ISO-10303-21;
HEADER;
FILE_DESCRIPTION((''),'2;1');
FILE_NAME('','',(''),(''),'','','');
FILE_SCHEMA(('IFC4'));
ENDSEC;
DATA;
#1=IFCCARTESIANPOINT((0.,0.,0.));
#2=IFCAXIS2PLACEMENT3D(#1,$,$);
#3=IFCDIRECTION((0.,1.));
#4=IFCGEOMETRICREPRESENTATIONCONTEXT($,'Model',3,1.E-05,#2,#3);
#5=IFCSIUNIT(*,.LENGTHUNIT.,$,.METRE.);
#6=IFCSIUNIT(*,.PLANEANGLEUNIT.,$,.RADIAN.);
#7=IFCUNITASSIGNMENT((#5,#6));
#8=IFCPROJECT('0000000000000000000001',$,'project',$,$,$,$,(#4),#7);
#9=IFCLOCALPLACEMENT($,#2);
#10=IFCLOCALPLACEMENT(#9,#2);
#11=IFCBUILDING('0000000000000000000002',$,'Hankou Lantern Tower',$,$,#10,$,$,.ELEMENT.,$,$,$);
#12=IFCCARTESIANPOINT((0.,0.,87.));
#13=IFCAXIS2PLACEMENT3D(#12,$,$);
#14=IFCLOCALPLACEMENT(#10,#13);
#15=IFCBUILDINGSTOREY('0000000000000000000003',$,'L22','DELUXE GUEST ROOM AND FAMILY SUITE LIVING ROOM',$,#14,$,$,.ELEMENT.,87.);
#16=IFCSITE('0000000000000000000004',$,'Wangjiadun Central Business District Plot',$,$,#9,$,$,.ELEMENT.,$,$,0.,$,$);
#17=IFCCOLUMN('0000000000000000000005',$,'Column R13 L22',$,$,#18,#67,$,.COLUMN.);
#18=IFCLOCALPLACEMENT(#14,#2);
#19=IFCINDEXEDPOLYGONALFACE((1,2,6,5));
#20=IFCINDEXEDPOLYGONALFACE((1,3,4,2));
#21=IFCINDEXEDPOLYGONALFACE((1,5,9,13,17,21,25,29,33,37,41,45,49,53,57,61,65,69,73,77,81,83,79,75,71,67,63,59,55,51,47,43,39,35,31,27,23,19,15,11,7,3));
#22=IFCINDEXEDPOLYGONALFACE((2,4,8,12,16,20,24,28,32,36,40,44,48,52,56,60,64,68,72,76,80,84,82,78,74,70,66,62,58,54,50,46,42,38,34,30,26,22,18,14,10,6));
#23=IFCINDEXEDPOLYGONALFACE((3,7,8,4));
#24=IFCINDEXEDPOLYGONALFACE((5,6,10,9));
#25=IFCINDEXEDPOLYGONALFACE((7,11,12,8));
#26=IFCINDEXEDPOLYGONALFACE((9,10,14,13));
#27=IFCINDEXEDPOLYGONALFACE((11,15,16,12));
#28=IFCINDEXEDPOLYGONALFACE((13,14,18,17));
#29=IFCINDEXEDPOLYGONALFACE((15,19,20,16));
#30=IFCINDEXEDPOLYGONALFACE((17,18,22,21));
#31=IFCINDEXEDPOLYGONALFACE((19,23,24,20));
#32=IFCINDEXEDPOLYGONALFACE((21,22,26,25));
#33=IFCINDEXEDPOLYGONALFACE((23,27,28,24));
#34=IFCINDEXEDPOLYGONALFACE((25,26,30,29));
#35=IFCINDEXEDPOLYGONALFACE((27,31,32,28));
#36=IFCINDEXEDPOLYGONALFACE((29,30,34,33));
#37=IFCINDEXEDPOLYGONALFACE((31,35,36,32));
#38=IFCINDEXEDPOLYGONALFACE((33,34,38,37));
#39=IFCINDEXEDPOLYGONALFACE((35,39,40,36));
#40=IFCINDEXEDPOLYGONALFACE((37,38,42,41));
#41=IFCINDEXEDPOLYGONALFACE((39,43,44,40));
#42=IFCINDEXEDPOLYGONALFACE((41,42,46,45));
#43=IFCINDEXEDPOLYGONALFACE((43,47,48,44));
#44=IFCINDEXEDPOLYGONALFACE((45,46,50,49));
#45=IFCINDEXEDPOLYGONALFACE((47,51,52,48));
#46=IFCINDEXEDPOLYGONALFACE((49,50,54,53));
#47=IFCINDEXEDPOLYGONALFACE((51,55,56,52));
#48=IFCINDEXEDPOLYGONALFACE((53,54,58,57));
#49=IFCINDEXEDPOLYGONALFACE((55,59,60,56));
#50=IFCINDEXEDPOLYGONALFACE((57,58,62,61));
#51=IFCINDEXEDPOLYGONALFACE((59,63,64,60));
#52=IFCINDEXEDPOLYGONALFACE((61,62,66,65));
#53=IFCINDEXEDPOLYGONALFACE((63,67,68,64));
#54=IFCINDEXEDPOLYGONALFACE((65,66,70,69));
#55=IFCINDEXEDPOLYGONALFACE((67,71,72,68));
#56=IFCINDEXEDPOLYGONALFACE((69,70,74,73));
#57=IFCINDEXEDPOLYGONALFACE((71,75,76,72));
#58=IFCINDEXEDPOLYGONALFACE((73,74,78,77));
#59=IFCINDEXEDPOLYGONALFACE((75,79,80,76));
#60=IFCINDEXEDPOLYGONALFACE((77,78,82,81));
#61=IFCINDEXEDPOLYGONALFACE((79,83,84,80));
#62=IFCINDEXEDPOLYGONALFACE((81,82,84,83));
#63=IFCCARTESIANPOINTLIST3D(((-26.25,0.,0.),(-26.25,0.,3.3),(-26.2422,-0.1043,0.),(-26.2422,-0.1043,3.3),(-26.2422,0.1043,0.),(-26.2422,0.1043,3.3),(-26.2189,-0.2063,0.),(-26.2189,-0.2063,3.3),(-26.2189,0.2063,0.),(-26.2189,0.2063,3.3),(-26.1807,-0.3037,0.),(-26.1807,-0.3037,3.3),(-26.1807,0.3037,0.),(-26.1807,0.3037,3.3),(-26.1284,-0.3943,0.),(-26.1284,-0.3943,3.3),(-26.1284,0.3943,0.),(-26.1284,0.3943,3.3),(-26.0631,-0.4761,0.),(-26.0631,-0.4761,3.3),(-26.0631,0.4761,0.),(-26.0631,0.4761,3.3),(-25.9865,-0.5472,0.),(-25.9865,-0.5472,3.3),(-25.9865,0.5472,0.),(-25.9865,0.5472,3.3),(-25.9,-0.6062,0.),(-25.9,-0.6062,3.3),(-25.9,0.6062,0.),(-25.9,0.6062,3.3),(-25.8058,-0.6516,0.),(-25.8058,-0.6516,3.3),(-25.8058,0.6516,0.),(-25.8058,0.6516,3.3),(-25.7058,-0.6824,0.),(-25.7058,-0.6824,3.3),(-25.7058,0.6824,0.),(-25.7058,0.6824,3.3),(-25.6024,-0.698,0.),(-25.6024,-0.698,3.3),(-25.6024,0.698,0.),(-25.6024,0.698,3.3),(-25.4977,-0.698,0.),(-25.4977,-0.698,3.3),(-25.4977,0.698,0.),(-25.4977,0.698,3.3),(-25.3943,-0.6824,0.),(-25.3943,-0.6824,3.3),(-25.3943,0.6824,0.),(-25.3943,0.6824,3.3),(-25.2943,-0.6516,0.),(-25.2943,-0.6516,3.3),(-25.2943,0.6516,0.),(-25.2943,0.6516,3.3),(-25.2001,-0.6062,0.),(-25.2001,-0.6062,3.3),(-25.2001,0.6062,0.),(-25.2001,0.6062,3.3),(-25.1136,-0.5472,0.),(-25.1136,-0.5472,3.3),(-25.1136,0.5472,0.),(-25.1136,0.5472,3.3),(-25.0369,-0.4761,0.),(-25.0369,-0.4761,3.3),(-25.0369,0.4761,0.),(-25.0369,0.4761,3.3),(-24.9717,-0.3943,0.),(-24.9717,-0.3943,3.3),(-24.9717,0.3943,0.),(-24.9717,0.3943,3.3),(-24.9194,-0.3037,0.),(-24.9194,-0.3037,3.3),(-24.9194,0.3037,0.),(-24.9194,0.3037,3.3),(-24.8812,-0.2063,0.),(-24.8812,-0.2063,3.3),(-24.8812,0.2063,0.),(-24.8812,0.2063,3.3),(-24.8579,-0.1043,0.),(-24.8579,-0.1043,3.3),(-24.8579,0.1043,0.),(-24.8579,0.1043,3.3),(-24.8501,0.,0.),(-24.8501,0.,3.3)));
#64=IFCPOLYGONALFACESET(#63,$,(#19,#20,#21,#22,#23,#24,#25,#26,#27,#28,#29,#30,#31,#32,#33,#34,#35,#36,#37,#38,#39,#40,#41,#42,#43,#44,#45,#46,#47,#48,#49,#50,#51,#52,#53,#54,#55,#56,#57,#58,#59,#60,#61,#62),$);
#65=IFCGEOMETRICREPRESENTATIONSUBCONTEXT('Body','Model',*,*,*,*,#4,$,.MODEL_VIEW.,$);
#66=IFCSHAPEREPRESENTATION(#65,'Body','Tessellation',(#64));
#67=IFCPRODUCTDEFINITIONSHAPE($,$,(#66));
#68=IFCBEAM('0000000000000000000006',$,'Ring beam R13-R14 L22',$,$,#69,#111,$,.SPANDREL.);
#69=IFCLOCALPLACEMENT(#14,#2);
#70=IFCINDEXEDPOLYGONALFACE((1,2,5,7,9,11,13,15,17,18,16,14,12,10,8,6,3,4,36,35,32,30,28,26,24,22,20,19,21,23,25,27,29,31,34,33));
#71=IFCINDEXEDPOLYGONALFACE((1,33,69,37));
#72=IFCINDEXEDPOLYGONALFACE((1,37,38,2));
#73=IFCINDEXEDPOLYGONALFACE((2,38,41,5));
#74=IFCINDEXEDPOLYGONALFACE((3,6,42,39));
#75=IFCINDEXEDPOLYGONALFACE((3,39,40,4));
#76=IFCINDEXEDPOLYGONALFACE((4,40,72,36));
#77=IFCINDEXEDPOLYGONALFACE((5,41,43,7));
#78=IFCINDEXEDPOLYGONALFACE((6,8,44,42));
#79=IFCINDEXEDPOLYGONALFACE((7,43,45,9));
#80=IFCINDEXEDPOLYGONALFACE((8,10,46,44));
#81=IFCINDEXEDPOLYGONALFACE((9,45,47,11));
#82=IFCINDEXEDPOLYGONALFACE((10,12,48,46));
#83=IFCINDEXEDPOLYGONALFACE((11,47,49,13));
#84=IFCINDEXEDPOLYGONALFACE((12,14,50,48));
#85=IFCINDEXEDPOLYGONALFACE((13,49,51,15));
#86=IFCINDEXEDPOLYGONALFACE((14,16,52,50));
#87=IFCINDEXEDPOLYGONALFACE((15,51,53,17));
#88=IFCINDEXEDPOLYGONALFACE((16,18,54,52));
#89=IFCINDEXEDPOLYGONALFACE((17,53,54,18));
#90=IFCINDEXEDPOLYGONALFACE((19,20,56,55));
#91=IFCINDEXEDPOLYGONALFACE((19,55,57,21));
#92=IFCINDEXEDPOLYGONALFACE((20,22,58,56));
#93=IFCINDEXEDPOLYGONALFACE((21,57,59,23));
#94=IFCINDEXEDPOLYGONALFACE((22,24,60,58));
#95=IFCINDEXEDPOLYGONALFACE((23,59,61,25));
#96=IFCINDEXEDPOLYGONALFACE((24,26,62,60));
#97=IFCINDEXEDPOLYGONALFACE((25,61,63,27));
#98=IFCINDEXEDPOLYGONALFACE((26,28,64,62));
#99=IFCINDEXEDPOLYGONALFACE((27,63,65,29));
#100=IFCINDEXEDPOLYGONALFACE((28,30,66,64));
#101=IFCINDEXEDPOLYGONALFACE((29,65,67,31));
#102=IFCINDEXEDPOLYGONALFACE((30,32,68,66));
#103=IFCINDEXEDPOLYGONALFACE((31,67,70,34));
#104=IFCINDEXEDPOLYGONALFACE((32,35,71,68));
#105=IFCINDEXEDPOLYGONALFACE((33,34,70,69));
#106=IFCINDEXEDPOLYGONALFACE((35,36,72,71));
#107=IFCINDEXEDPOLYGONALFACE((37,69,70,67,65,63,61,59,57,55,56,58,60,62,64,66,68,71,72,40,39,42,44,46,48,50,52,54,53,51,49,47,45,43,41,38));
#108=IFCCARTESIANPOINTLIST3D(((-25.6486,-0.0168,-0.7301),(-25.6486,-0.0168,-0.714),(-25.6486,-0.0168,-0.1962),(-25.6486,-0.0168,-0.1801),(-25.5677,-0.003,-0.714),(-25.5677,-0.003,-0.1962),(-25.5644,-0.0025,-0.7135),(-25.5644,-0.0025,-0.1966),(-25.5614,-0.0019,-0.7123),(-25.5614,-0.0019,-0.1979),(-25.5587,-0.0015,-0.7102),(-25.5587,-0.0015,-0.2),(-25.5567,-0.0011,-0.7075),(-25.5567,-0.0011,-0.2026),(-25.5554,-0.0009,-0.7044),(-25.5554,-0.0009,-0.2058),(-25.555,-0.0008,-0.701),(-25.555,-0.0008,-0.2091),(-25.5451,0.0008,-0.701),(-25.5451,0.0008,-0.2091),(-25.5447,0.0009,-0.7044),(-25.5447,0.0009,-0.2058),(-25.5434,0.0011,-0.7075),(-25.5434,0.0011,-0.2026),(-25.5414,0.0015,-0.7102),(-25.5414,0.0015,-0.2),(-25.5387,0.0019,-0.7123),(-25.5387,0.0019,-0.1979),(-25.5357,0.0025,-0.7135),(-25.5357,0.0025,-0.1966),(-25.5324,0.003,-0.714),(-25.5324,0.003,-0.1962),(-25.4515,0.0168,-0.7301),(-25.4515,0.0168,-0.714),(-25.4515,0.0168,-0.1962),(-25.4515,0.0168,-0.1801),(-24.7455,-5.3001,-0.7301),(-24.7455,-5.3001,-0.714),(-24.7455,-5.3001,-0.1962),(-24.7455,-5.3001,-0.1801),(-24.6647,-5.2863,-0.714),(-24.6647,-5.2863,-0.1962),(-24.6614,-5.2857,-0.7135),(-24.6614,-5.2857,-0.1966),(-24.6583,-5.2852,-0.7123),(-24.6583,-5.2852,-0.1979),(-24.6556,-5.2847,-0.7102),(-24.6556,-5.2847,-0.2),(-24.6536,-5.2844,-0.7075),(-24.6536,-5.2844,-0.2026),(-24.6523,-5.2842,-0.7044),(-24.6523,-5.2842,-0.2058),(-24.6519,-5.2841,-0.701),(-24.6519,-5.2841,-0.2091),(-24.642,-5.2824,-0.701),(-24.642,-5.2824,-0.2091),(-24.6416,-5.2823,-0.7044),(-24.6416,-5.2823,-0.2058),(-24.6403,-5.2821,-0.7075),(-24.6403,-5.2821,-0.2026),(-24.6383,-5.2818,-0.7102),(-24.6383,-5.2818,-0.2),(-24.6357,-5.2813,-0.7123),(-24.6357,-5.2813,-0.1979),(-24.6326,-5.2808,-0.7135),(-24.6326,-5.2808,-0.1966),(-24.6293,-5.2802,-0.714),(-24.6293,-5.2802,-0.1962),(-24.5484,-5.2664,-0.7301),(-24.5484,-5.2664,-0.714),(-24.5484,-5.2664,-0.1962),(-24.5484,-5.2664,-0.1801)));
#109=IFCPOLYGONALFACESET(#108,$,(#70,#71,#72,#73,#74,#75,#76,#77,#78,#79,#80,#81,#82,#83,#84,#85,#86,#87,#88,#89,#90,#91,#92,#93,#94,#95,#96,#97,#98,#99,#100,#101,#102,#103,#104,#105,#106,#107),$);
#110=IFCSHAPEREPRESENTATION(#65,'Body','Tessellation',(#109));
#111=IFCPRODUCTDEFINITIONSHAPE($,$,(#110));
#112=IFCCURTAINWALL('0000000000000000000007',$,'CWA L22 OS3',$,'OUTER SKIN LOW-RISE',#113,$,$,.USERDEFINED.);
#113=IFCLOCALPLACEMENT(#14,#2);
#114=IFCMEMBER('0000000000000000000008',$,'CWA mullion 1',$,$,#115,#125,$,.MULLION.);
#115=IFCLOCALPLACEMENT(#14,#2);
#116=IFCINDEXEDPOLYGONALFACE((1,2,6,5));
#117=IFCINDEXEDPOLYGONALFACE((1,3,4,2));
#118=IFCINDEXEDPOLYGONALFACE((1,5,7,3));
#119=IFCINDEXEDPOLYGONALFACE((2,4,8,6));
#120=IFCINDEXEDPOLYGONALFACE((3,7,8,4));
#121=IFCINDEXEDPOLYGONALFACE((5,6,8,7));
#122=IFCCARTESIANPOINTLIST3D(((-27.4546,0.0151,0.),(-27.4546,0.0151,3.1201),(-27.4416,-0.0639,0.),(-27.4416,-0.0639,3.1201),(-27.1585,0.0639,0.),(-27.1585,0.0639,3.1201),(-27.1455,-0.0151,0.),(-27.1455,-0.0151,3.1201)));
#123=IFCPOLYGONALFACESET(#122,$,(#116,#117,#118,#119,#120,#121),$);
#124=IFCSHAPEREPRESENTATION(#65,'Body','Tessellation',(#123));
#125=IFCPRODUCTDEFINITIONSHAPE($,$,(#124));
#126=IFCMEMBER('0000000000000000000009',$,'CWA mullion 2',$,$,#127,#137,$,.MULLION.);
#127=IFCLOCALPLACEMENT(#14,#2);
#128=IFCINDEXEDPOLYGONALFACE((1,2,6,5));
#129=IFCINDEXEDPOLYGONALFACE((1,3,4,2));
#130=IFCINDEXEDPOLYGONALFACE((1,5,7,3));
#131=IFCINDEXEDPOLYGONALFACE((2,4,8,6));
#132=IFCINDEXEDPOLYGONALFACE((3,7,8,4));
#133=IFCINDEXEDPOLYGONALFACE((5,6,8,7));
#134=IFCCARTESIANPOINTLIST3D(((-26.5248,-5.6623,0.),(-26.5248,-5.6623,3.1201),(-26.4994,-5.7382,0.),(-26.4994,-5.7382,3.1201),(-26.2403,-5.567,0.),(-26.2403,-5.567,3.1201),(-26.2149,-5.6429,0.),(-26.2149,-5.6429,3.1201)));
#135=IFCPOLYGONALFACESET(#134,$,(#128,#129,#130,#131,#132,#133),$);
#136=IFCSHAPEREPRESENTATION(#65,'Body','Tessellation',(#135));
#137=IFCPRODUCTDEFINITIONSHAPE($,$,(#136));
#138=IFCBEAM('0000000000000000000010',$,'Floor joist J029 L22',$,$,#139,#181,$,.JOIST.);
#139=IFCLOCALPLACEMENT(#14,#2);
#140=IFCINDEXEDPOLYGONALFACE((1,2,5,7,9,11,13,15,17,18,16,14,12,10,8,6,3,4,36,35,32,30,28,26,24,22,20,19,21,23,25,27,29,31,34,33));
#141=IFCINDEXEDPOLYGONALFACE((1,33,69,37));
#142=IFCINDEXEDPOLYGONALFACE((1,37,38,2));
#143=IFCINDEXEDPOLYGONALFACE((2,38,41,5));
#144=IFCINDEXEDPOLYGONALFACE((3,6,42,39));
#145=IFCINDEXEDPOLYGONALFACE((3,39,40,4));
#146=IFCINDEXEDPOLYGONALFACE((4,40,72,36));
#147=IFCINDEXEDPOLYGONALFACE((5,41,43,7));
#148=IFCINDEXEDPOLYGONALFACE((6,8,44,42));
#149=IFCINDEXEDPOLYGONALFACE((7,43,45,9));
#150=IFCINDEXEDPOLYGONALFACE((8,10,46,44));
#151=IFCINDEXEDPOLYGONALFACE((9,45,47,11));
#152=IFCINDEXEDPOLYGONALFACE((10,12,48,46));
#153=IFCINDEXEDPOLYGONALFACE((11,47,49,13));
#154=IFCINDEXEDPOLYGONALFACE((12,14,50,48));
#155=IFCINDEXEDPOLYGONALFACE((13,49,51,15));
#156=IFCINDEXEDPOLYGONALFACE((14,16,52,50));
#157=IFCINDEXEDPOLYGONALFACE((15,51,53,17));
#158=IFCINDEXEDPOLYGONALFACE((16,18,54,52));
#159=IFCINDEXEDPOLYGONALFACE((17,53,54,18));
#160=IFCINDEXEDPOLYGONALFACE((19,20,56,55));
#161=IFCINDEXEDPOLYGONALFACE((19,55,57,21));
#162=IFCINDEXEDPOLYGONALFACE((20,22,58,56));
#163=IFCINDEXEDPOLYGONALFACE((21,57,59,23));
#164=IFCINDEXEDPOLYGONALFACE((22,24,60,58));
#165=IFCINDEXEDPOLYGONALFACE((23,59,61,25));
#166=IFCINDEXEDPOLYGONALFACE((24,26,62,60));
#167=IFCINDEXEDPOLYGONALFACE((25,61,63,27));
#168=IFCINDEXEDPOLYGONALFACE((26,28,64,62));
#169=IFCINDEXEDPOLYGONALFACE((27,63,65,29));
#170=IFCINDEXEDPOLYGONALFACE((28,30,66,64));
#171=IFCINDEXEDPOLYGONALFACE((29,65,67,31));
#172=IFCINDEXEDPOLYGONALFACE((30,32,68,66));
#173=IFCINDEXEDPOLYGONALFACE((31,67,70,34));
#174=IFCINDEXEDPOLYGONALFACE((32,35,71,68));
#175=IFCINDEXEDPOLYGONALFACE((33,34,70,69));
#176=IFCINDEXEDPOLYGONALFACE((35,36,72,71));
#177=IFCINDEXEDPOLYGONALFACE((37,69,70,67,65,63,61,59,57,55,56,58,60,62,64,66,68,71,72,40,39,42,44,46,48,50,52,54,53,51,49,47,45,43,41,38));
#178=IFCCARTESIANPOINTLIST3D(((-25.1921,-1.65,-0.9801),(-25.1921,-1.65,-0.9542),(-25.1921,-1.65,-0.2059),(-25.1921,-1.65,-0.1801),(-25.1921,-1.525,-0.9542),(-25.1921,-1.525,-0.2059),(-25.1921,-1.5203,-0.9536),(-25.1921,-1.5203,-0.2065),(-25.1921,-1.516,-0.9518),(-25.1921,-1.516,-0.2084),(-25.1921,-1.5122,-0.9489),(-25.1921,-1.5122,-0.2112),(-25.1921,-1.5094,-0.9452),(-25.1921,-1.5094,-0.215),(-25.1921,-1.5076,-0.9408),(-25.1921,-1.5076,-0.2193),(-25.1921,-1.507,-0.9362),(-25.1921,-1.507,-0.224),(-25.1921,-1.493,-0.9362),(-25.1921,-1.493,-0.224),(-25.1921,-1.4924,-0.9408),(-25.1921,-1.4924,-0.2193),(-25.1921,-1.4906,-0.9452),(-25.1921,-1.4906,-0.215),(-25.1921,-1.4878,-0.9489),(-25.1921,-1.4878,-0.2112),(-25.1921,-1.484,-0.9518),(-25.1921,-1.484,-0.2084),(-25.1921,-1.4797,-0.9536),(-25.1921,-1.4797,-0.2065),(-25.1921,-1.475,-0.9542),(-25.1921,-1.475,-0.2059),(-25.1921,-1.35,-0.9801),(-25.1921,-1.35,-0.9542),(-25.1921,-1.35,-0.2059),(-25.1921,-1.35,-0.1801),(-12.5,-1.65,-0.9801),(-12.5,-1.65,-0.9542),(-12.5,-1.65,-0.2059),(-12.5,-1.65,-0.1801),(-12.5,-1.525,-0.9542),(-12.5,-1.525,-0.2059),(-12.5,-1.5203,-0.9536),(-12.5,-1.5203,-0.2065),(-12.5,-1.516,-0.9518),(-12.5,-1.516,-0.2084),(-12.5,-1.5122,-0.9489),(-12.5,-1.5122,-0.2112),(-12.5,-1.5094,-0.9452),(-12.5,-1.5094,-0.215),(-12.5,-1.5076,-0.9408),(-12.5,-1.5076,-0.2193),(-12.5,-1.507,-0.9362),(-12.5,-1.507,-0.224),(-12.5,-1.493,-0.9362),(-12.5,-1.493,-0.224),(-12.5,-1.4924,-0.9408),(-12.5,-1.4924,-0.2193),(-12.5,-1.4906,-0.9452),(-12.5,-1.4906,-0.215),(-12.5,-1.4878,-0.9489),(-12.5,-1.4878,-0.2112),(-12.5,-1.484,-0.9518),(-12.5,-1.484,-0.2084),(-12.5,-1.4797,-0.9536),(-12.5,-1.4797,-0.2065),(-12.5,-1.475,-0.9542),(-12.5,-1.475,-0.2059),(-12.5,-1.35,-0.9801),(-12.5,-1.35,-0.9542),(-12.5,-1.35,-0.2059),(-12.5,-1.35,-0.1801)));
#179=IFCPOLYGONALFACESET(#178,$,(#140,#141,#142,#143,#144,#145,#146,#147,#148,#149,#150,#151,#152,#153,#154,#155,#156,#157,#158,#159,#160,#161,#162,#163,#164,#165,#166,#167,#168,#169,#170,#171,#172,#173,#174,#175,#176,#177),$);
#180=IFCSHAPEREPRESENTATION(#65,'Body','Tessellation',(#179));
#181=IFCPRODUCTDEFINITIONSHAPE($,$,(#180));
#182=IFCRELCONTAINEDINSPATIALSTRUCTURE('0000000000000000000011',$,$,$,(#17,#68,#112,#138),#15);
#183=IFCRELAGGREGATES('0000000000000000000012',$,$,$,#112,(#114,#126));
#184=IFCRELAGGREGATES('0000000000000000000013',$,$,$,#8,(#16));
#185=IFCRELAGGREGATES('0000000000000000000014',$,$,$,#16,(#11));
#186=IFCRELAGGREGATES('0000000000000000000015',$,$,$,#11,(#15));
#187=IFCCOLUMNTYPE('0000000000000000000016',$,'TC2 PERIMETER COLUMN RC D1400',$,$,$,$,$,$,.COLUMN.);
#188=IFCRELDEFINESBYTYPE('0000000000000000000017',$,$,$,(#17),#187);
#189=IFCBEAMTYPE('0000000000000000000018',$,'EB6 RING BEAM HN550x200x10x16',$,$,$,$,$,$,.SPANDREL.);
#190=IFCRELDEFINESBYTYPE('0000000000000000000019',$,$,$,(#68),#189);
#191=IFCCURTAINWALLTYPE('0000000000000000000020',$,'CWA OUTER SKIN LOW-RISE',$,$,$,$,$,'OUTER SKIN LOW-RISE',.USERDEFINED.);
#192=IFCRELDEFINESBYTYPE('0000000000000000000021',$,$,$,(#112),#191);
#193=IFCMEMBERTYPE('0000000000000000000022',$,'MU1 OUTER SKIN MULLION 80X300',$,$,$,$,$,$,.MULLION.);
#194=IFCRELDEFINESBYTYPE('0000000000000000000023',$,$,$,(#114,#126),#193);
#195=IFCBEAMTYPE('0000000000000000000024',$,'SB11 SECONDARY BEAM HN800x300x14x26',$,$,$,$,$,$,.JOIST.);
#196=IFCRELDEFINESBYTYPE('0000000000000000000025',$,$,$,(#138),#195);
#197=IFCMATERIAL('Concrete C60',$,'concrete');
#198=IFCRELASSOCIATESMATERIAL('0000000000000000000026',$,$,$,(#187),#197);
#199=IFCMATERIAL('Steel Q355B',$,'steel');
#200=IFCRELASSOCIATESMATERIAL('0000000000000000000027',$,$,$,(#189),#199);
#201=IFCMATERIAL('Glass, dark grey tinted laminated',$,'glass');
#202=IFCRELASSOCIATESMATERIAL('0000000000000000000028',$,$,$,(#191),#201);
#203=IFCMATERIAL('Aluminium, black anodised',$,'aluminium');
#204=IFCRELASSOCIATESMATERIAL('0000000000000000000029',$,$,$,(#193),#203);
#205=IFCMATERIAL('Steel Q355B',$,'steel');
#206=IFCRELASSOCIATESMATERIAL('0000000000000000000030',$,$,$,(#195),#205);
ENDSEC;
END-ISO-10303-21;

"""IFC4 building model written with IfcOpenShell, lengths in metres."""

from ifc_helpers import new_model, si_unit, direction, frame, origin, origin_2d, place, context, subcontext, project, spatial, rectangle, circle, i_section, extrude, material, material_profile, profile_set, type_object, element, aggregate, save


model = new_model("IFC4")

# Units and contexts
model_context = context("Model", 3, precision=1e-05, world=origin(), true_north=direction((0.0, 1.0)))
body_context = subcontext(model_context, "Body", "Model", "MODEL_VIEW")
ifc_project = project(units=[si_unit("LENGTHUNIT", "METRE"), si_unit("PLANEANGLEUNIT", "RADIAN")], contexts=[model_context])

# Site, building, storey
site_placement = place(None, origin())
site = spatial("IfcSite", under=ifc_project, at=site_placement, Name="Wangjiadun Central Business District Plot", CompositionType="ELEMENT", RefElevation=0.0)
building_placement = place(site_placement, origin())
building = spatial("IfcBuilding", under=site, at=building_placement, Name="Hankou Lantern Tower", CompositionType="ELEMENT")
storey_placement = place(building_placement, frame((0.0, 0.0, 87.0)))
storey = spatial("IfcBuildingStorey", under=building, at=storey_placement, Name="L22", Description="DELUXE GUEST ROOM AND FAMILY SUITE LIVING ROOM", CompositionType="ELEMENT", Elevation=87.0)

# Column
ifc_material_1 = material(Name="Concrete C60", Category="concrete")
ifc_material_profile_1 = material_profile(ifc_material_1, circle(Radius=0.7, at=origin_2d()), Name="RC D1400")
ifc_profile_set_1 = profile_set([ifc_material_profile_1], Name="Concrete C60")
column_type = type_object("IfcColumnType", Name="TC2 PERIMETER COLUMN RC D1400", PredefinedType="COLUMN", material=ifc_profile_set_1)
column_placement = place(storey_placement, frame((-25.55, 0.0, 0.0), z_axis=(0.0, 0.0, 1.0), x_axis=(1.0, 0.0, 0.0)))
element("IfcColumn", 1, at=column_placement, inside=storey, type_object=column_type, Name="Column R13 L22", PredefinedType="COLUMN", context=body_context, shape_type="SweptSolid", body=[
    extrude(circle(Radius=0.7, at=origin_2d()), origin(), (0.0, 0.0, 1.0), 3.3),
])

# Beam
ifc_material_2 = material(Name="Steel Q355B", Category="steel")
ifc_material_profile_2 = material_profile(ifc_material_2, i_section(OverallWidth=0.2, OverallDepth=0.55, WebThickness=0.01, FlangeThickness=0.0161, FilletRadius=0.0129, at=origin_2d()), Name="HN550x200x10x16")
ifc_profile_set_2 = profile_set([ifc_material_profile_2], Name="Steel Q355B")
beam_type_1 = type_object("IfcBeamType", Name="EB6 RING BEAM HN550x200x10x16", PredefinedType="SPANDREL", material=ifc_profile_set_2)
beam_placement = place(storey_placement, frame((-25.55, 0.0, -0.4551), z_axis=(0.16849, -0.985703, 0.0), x_axis=(0.985703, 0.16849, 0.0)))
element("IfcBeam", 2, at=beam_placement, inside=storey, type_object=beam_type_1, Name="Ring beam R13-R14 L22", PredefinedType="SPANDREL", context=body_context, shape_type="SweptSolid", body=[
    extrude(i_section(OverallWidth=0.2, OverallDepth=0.55, WebThickness=0.01, FlangeThickness=0.0161, FilletRadius=0.0129, at=origin_2d()), origin(), (0.0, 0.0, 1.0), 5.3599),
])

# Curtain wall, members
ifc_material_3 = material(Name="Glass, dark grey tinted laminated", Category="glass")
curtain_wall_type = type_object("IfcCurtainWallType", Name="CWA OUTER SKIN LOW-RISE", ElementType="OUTER SKIN LOW-RISE", PredefinedType="USERDEFINED", material=ifc_material_3)
curtain_wall_1_placement = place(storey_placement, origin())
curtain_wall_1 = element("IfcCurtainWall", 3, at=curtain_wall_1_placement, inside=storey, type_object=curtain_wall_type, Name="CWA L22 OS3", ObjectType="OUTER SKIN LOW-RISE", PredefinedType="USERDEFINED")
ifc_material_4 = material(Name="Aluminium, black anodised", Category="aluminium")
ifc_material_profile_3 = material_profile(ifc_material_4, rectangle(XDim=0.0801, YDim=0.3, at=origin_2d()), Name="MU1 80X300")
ifc_profile_set_3 = profile_set([ifc_material_profile_3], Name="Aluminium, black anodised")
member_type_1 = type_object("IfcMemberType", Name="MU1 OUTER SKIN MULLION 80X300", PredefinedType="MULLION", material=ifc_profile_set_3)
member_1_placement = place(storey_placement, frame((-27.3, 0.0, 0.0), z_axis=(0.0, 0.0, 1.0), x_axis=(0.162382, -0.986728, 0.0)))
member_1 = element("IfcMember", 4, at=member_1_placement, type_object=member_type_1, Name="CWA mullion 1", PredefinedType="MULLION", context=body_context, shape_type="SweptSolid", body=[
    extrude(rectangle(XDim=0.0801, YDim=0.3, at=origin_2d()), origin(), (0.0, 0.0, 1.0), 3.1201),
])
member_2_placement = place(storey_placement, frame((-26.3699, -5.6526, 0.0), z_axis=(0.0, 0.0, 1.0), x_axis=(0.317596, -0.948226, 0.0)))
member_2 = element("IfcMember", 5, at=member_2_placement, type_object=member_type_1, Name="CWA mullion 2", PredefinedType="MULLION", context=body_context, shape_type="SweptSolid", body=[
    extrude(rectangle(XDim=0.0801, YDim=0.3, at=origin_2d()), origin(), (0.0, 0.0, 1.0), 3.1201),
])

# Beam
ifc_material_5 = material(Name="Steel Q355B", Category="steel")
ifc_material_profile_4 = material_profile(ifc_material_5, i_section(OverallWidth=0.3, OverallDepth=0.8, WebThickness=0.0139, FlangeThickness=0.0259, FilletRadius=0.0181, at=origin_2d()), Name="HN800x300x14x26")
ifc_profile_set_4 = profile_set([ifc_material_profile_4], Name="Steel Q355B")
beam_type_2 = type_object("IfcBeamType", Name="SB11 SECONDARY BEAM HN800x300x14x26", PredefinedType="JOIST", material=ifc_profile_set_4)
for number, where, z_axis, x_axis, name in (
    (6, (-25.1921, -1.5, -0.5801), (1.0, 0.0, 0.0), (0.0, 1.0, 0.0), "Floor joist J029 L22"),
):
    element("IfcBeam", number, at=place(storey_placement, frame(where, z_axis=z_axis, x_axis=x_axis)), inside=storey, type_object=beam_type_2, Name=name, PredefinedType="JOIST", context=body_context, shape_type="SweptSolid", body=[
        extrude(i_section(OverallWidth=0.3, OverallDepth=0.8, WebThickness=0.0139, FlangeThickness=0.0259, FilletRadius=0.0181, at=origin_2d()), origin(), (0.0, 0.0, 1.0), 12.6921),
    ])

aggregate(curtain_wall_1, [member_1, member_2])

save(model, "model.ifc")
